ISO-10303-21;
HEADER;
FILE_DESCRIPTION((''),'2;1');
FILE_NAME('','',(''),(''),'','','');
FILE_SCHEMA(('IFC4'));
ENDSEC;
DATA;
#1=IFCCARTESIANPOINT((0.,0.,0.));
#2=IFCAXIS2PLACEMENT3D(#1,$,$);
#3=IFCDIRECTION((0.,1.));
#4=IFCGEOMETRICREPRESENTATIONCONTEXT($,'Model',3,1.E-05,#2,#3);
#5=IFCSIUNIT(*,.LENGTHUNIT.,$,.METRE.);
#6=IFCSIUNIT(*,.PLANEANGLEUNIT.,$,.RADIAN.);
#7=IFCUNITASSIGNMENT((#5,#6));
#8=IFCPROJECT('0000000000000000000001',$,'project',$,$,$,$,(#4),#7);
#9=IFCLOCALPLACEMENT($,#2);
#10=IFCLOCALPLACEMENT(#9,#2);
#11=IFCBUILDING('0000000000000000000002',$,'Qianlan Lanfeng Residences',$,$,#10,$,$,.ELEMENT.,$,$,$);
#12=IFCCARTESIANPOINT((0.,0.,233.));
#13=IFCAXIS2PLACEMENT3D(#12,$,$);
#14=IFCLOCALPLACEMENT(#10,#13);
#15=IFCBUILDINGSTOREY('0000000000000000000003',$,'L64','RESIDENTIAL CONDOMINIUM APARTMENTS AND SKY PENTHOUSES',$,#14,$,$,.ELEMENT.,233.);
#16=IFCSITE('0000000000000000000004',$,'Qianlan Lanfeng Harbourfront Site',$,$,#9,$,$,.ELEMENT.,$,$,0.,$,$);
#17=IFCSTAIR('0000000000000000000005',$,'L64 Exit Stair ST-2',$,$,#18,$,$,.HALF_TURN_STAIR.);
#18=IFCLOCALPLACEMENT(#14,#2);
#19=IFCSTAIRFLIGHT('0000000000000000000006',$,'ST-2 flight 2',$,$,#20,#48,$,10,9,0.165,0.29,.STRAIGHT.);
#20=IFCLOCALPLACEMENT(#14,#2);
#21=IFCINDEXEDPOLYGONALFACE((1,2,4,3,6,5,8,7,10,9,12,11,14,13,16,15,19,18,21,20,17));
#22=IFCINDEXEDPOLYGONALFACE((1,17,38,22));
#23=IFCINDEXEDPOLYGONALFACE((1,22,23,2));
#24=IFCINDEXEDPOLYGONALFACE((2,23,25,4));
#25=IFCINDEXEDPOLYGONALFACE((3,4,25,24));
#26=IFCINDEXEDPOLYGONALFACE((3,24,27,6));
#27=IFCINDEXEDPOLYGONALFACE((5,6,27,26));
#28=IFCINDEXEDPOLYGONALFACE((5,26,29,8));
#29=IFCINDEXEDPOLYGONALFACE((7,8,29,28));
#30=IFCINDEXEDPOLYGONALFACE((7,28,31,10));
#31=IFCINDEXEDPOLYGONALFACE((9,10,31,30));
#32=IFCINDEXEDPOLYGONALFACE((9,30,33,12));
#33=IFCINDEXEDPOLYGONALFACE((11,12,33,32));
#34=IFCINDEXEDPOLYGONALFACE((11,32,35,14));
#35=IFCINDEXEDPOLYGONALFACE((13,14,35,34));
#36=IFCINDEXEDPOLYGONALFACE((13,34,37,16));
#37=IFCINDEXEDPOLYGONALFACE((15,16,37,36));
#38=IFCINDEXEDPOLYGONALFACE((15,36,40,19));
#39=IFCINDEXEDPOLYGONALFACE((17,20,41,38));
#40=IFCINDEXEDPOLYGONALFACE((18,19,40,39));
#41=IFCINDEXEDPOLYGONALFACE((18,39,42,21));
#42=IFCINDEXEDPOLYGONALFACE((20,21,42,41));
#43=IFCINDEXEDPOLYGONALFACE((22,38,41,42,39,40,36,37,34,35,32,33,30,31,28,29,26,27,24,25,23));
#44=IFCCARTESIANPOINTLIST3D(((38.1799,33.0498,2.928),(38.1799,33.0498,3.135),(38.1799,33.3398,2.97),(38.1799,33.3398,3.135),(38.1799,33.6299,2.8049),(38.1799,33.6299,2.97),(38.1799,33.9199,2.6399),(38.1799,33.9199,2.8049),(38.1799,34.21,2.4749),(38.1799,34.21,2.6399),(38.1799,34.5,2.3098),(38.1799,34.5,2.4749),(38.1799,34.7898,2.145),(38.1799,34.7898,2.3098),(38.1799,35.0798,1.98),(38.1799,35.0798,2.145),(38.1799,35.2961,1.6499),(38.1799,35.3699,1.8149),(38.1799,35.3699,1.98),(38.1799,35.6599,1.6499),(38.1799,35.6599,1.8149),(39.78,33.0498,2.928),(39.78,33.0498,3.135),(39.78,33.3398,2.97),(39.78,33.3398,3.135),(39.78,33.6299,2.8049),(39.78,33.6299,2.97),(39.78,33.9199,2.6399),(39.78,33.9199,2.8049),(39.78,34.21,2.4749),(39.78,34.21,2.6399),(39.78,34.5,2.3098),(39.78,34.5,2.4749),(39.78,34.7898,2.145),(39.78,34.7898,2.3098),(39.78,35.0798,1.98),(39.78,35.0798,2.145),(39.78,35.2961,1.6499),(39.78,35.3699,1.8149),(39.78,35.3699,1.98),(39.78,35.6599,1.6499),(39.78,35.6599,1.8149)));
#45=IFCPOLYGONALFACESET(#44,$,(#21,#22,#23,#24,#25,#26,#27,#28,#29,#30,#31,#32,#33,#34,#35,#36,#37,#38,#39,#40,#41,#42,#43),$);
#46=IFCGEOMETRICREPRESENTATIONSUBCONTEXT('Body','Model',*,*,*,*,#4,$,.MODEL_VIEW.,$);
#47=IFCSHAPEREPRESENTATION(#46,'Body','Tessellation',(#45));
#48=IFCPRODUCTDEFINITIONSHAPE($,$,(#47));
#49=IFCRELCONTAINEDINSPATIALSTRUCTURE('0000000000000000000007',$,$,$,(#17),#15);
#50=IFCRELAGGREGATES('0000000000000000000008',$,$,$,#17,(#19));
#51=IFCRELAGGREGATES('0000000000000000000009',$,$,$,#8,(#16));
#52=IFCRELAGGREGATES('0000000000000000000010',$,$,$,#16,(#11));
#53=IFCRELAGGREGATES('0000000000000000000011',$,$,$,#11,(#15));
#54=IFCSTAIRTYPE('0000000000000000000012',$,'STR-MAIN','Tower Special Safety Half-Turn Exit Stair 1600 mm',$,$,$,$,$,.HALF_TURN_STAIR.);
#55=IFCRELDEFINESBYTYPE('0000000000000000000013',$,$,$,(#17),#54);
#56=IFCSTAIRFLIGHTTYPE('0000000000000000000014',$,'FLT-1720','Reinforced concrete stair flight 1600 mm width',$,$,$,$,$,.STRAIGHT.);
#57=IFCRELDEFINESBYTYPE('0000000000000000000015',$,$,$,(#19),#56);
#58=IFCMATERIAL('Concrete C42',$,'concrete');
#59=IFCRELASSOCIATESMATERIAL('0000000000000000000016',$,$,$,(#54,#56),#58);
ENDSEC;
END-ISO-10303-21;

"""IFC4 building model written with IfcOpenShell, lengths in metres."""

from ifc_helpers import new_model, si_unit, direction, frame, origin, place, context, subcontext, project, spatial, polyline, outline, extrude, material, type_object, element, aggregate, save


model = new_model("IFC4")

# Units and contexts
model_context = context("Model", 3, precision=1e-05, world=origin(), true_north=direction((0.0, 1.0)))
body_context = subcontext(model_context, "Body", "Model", "MODEL_VIEW")
ifc_project = project(units=[si_unit("LENGTHUNIT", "METRE"), si_unit("PLANEANGLEUNIT", "RADIAN")], contexts=[model_context])

# Site, building, storey
site_placement = place(None, origin())
site = spatial("IfcSite", under=ifc_project, at=site_placement, Name="Qianlan Lanfeng Harbourfront Site", CompositionType="ELEMENT", RefElevation=0.0)
building_placement = place(site_placement, origin())
building = spatial("IfcBuilding", under=site, at=building_placement, Name="Qianlan Lanfeng Residences", CompositionType="ELEMENT")
storey_placement = place(building_placement, frame((0.0, 0.0, 233.0)))
storey = spatial("IfcBuildingStorey", under=building, at=storey_placement, Name="L64", Description="RESIDENTIAL CONDOMINIUM APARTMENTS AND SKY PENTHOUSES", CompositionType="ELEMENT", Elevation=233.0)

# Shared definitions
ifc_material_1 = material(Name="Concrete C42", Category="concrete")

# Stair, stair flight
stair_type = type_object("IfcStairType", Name="STR-MAIN", Description="Tower Special Safety Half-Turn Exit Stair 1600 mm", PredefinedType="HALF_TURN_STAIR", material=ifc_material_1)
stair_placement = place(storey_placement, origin())
stair = element("IfcStair", 1, at=stair_placement, inside=storey, type_object=stair_type, Name="L64 Exit Stair ST-2", PredefinedType="HALF_TURN_STAIR")
stair_flight_type = type_object("IfcStairFlightType", Name="FLT-1720", Description="Reinforced concrete stair flight 1600 mm width", PredefinedType="STRAIGHT", material=ifc_material_1)
stair_flight_1_placement = place(storey_placement, frame((38.98, 35.6599, 1.6499), z_axis=(0.0, 0.0, 1.0), x_axis=(0.0, -1.0, 0.0)))
stair_flight_1 = element("IfcStairFlight", 2, at=stair_flight_1_placement, type_object=stair_flight_type, Name="ST-2 flight 2", NumberOfRisers=10, NumberOfTreads=9, PredefinedType="STRAIGHT", RiserHeight=0.165, TreadLength=0.29, context=body_context, shape_type="SweptSolid", body=[
    extrude(outline(polyline([(0.0, 0.0), (0.0, 0.165), (0.29, 0.165), (0.29, 0.3301), (0.5801, 0.3301), (0.5801, 0.4951), (0.8701, 0.4951), (0.8701, 0.6599), (1.1599, 0.6599), (1.1599, 0.825), (1.45, 0.825), (1.45, 0.99), (1.74, 0.99), (1.74, 1.155), (2.03, 1.155), (2.03, 1.3201), (2.3201, 1.3201), (2.3201, 1.4851), (2.6101, 1.4851), (2.6101, 1.6499), (2.6101, 1.2781), (0.3638, 0.0), (0.0, 0.0)])), frame((0.0, 0.8, 0.0), z_axis=(0.0, -1.0, 0.0), x_axis=(1.0, 0.0, 0.0)), (0.0, 0.0, 1.0), 1.6001),
])
aggregate(stair, [stair_flight_1])

save(model, "model.ifc")
